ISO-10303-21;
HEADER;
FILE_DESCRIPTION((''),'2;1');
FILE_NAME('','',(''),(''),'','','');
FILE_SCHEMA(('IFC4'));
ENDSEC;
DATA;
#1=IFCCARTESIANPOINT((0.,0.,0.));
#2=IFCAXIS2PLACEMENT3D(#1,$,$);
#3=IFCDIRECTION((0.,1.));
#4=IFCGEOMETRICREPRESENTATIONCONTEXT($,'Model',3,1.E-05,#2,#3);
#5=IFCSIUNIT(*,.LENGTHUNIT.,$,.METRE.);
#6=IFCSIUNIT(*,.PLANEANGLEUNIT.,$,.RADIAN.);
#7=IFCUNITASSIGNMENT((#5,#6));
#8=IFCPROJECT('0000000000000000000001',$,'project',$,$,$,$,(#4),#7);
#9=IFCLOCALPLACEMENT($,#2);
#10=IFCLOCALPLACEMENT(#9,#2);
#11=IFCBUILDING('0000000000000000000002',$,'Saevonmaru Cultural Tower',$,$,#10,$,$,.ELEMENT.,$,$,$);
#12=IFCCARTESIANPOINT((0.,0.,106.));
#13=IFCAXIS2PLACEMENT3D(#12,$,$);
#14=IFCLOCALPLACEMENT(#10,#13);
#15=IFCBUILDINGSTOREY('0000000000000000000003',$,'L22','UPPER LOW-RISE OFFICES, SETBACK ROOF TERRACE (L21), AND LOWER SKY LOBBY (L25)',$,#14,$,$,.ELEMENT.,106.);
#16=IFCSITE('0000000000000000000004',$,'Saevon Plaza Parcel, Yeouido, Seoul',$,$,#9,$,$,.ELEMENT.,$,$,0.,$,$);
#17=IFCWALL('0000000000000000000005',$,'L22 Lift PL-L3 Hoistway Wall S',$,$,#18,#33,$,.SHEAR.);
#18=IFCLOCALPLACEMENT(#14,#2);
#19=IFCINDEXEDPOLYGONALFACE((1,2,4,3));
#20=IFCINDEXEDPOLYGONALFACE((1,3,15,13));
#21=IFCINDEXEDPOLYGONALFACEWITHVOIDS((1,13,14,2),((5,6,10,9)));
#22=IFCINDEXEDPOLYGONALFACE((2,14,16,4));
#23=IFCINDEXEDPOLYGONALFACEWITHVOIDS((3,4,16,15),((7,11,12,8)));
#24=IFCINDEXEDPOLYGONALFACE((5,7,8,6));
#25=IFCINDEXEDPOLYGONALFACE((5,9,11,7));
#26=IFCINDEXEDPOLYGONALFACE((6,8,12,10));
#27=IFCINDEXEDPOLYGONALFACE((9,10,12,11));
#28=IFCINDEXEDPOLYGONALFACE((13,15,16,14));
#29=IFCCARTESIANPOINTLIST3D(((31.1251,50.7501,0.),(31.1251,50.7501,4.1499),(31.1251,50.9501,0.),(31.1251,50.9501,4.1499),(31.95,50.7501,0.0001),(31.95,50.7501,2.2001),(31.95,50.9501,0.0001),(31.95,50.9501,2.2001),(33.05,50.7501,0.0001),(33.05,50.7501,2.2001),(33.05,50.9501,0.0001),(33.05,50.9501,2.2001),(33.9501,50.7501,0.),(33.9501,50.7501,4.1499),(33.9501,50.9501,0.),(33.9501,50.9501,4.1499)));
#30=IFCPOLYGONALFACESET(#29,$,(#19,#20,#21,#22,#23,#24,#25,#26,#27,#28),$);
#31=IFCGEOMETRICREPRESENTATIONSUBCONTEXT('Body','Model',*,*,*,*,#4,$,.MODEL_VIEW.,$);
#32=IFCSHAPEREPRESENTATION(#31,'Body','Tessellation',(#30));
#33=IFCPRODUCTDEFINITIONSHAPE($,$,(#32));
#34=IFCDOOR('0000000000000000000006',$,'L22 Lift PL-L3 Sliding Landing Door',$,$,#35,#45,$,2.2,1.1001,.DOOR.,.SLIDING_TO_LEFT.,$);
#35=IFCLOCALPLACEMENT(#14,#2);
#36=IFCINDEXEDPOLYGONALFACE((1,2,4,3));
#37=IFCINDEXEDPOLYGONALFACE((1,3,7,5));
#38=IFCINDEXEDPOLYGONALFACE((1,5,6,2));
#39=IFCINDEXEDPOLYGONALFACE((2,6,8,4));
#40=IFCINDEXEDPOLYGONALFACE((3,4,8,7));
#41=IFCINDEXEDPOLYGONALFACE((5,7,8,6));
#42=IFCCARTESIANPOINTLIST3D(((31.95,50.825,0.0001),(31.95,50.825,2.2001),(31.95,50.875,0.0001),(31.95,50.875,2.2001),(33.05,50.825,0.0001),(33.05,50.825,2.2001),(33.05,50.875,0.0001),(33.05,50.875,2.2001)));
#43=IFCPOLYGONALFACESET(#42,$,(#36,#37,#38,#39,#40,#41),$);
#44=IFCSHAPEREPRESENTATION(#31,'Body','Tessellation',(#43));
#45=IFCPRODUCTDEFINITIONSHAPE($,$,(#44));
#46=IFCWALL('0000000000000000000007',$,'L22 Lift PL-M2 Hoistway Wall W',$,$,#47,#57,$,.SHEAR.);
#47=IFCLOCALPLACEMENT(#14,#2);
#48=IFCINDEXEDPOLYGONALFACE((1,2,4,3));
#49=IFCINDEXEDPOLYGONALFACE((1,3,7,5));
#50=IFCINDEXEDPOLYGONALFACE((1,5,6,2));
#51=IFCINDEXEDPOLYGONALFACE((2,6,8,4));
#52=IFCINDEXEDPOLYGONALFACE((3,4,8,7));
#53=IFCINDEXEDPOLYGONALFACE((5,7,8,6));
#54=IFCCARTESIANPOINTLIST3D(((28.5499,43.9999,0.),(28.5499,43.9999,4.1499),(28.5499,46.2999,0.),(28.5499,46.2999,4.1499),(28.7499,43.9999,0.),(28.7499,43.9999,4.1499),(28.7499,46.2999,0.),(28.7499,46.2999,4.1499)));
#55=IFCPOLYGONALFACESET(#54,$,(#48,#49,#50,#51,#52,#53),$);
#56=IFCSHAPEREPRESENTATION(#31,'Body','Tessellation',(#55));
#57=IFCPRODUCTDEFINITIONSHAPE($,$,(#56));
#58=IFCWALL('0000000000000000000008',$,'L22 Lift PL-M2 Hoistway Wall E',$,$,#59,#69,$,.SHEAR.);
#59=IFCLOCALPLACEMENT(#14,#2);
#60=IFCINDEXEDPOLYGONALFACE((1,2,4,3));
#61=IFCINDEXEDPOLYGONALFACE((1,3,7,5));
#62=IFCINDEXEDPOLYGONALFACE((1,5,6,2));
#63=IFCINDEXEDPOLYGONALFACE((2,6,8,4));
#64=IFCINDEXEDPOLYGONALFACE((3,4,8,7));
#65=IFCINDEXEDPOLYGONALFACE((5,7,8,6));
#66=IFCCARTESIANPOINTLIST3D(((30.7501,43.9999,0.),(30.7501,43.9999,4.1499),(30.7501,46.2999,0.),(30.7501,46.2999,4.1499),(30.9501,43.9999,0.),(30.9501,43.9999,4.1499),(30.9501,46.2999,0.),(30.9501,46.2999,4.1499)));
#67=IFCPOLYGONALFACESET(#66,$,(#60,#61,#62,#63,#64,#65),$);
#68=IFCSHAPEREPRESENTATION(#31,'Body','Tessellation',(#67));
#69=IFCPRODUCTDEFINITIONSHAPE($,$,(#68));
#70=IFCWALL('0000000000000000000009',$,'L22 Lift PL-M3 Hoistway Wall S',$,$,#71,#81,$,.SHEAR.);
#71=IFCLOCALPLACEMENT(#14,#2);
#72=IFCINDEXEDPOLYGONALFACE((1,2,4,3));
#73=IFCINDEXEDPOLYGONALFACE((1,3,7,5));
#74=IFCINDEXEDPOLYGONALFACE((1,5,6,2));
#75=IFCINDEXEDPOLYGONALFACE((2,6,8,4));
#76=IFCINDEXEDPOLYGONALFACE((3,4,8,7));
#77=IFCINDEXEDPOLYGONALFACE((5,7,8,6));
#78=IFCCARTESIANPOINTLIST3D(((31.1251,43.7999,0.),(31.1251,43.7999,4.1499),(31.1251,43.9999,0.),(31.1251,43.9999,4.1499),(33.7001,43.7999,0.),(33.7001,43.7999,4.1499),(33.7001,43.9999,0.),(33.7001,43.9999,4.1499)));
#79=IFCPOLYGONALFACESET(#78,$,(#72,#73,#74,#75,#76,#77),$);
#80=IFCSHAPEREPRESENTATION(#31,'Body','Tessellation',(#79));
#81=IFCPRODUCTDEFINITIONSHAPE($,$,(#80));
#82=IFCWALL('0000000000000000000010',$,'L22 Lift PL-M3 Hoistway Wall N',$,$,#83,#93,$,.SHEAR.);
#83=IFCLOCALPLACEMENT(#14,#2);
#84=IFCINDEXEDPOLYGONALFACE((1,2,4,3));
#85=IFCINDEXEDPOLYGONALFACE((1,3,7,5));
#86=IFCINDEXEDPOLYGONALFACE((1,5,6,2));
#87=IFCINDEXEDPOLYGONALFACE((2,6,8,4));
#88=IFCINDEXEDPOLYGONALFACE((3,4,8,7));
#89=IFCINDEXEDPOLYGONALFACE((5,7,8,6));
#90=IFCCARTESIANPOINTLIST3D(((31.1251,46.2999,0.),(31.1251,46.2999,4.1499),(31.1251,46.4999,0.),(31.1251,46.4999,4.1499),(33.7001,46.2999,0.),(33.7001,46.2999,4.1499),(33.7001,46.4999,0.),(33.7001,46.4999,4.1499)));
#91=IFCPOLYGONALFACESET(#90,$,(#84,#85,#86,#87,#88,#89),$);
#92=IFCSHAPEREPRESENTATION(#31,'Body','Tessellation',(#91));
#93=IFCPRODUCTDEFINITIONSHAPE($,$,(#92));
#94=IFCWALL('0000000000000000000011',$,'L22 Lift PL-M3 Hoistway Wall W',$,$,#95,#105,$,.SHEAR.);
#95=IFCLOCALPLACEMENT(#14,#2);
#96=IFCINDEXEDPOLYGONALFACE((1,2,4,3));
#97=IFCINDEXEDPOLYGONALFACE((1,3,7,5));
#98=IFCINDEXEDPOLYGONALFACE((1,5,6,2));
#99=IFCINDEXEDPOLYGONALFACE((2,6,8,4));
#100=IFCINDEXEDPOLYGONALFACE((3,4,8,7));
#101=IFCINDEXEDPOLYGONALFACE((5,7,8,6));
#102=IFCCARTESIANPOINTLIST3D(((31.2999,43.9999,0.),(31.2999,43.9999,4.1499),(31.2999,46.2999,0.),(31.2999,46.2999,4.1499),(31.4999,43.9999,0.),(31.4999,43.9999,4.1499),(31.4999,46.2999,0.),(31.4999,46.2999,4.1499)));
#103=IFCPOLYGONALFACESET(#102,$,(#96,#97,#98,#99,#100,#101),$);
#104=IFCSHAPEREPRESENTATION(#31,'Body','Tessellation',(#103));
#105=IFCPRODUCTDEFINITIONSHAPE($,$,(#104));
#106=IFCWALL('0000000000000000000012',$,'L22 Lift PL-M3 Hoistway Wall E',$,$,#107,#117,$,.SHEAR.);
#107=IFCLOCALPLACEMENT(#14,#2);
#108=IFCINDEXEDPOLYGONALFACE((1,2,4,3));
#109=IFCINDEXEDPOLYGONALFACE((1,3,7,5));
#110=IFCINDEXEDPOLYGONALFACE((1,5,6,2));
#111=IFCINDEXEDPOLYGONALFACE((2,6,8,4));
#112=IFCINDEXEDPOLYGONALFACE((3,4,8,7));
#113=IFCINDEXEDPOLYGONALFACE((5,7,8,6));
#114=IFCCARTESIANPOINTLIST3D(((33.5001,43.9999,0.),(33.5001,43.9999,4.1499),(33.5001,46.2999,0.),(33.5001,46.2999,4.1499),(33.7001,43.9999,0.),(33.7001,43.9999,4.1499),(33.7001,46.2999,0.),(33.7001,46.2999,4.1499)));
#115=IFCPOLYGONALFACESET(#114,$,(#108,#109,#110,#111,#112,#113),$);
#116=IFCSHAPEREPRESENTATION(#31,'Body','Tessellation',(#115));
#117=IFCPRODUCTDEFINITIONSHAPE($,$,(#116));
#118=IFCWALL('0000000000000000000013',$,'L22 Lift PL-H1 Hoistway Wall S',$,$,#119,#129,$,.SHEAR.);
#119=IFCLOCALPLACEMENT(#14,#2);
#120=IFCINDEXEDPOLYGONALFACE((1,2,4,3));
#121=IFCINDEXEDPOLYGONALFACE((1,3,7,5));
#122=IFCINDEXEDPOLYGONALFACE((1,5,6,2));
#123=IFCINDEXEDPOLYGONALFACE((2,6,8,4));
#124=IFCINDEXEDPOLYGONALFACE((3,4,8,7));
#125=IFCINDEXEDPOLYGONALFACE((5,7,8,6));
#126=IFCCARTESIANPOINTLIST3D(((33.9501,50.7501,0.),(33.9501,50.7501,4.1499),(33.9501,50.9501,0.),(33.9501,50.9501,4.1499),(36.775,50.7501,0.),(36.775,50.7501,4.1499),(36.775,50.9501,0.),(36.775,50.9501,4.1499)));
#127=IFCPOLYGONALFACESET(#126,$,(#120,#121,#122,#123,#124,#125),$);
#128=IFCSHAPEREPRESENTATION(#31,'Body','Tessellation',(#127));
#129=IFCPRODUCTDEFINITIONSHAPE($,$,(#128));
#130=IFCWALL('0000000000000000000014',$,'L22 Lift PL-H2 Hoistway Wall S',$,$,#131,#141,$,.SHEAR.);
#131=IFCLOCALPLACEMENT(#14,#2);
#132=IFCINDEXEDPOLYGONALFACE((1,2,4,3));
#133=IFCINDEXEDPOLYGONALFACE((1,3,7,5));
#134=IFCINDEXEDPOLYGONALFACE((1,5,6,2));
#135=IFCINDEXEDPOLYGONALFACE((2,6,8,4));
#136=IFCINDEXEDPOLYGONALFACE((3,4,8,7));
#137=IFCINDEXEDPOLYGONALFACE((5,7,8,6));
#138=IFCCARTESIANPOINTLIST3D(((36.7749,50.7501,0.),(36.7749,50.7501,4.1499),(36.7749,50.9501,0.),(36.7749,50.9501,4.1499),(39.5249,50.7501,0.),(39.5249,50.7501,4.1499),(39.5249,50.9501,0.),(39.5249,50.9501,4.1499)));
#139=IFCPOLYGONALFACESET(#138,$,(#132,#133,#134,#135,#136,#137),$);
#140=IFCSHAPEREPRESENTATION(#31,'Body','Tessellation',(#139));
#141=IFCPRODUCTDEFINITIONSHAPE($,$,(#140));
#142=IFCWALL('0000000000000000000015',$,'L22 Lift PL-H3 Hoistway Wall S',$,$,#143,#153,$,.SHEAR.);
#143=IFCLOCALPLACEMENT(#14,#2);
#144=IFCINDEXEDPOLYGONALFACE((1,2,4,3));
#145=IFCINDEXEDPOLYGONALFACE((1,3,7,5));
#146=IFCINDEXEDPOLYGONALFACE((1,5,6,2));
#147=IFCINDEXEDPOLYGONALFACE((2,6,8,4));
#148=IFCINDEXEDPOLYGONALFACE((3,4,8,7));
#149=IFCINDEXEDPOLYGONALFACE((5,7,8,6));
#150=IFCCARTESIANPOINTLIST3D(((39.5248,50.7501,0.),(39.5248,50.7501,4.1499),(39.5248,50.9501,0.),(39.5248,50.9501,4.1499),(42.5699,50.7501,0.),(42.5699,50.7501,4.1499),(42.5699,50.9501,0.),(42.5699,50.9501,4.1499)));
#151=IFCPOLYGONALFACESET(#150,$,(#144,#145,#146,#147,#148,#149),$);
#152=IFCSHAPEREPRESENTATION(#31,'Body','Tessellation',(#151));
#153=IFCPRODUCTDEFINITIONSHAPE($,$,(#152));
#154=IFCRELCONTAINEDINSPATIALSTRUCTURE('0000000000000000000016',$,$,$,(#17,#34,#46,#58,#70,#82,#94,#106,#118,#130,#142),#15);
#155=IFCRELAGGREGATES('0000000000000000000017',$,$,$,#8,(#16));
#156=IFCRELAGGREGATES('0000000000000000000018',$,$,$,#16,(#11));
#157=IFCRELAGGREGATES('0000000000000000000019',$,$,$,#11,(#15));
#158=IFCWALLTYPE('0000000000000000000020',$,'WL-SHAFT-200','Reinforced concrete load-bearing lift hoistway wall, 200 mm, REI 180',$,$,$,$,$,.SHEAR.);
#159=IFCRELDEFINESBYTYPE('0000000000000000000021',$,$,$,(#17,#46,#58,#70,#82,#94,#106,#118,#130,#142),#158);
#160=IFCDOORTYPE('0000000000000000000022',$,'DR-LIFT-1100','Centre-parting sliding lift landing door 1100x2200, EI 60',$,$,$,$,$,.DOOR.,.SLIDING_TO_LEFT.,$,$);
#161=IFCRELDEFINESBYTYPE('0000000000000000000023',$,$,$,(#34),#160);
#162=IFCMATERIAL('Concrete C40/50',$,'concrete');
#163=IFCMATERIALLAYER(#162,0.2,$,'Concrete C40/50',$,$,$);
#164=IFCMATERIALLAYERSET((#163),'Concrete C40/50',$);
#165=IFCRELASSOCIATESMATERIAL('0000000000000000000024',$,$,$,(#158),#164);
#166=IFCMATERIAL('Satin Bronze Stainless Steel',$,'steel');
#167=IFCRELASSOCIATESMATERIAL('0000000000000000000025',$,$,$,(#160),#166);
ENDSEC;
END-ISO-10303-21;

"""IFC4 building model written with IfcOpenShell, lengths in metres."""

from ifc_helpers import new_model, si_unit, direction, frame, frame_2d, origin, place, context, subcontext, project, spatial, rectangle, extrude, material, layer, layer_set, type_object, element, fill, save


model = new_model("IFC4")

# Units and contexts
model_context = context("Model", 3, precision=1e-05, world=origin(), true_north=direction((0.0, 1.0)))
body_context = subcontext(model_context, "Body", "Model", "MODEL_VIEW")
ifc_project = project(units=[si_unit("LENGTHUNIT", "METRE"), si_unit("PLANEANGLEUNIT", "RADIAN")], contexts=[model_context])

# Site, building, storey
site_placement = place(None, origin())
site = spatial("IfcSite", under=ifc_project, at=site_placement, Name="Saevon Plaza Parcel, Yeouido, Seoul", CompositionType="ELEMENT", RefElevation=0.0)
building_placement = place(site_placement, origin())
building = spatial("IfcBuilding", under=site, at=building_placement, Name="Saevonmaru Cultural Tower", CompositionType="ELEMENT")
storey_placement = place(building_placement, frame((0.0, 0.0, 106.0)))
storey = spatial("IfcBuildingStorey", under=building, at=storey_placement, Name="L22", Description="UPPER LOW-RISE OFFICES, SETBACK ROOF TERRACE (L21), AND LOWER SKY LOBBY (L25)", CompositionType="ELEMENT", Elevation=106.0)

# Shared definitions
ifc_material_1 = material(Name="Concrete C40/50", Category="concrete")
ifc_layer_1 = layer(ifc_material_1, 0.2, Name="Concrete C40/50")
ifc_layer_set_1 = layer_set([ifc_layer_1], Name="Concrete C40/50")
wall_type_1 = type_object("IfcWallType", Name="WL-SHAFT-200", Description="Reinforced concrete load-bearing lift hoistway wall, 200 mm, REI 180", PredefinedType="SHEAR", material=ifc_layer_set_1)
ifc_material_2 = material(Name="Satin Bronze Stainless Steel", Category="steel")
door_type_1 = type_object("IfcDoorType", Name="DR-LIFT-1100", Description="Centre-parting sliding lift landing door 1100x2200, EI 60", OperationType="SLIDING_TO_LEFT", PredefinedType="DOOR", material=ifc_material_2)

# Wall, opening, door
wall_1_placement = place(storey_placement, frame((31.125, 50.8501, 0.0), z_axis=(0.0, 0.0, 1.0), x_axis=(1.0, 0.0, 0.0)))
wall_1 = element("IfcWall", 1, at=wall_1_placement, inside=storey, type_object=wall_type_1, Name="L22 Lift PL-L3 Hoistway Wall S", PredefinedType="SHEAR", context=body_context, shape_type="SweptSolid", body=[
    extrude(rectangle(XDim=2.825, YDim=0.2, at=frame_2d((1.4126, 0.0))), origin(), (0.0, 0.0, 1.0), 4.1499),
])
opening_1_placement = place(wall_1_placement, frame((0.825, 0.0, 0.0)))
opening_1 = element("IfcOpeningElement", 2, at=opening_1_placement, cuts=wall_1, PredefinedType="OPENING", context=body_context, shape_type="SweptSolid", body=[
    extrude(rectangle(XDim=1.1001, YDim=2.2, at=frame_2d((0.55, 1.1001))), frame((0.0, 0.1099, 0.0), z_axis=(0.0, -1.0, 0.0), x_axis=(1.0, 0.0, 0.0)), (0.0, 0.0, 1.0), 0.22),
])
door_1_placement = place(opening_1_placement, origin())
door_1 = element("IfcDoor", 3, at=door_1_placement, inside=storey, type_object=door_type_1, Name="L22 Lift PL-L3 Sliding Landing Door", OperationType="SLIDING_TO_LEFT", OverallHeight=2.2, OverallWidth=1.1001, PredefinedType="DOOR", context=body_context, shape_type="SweptSolid", body=[
    extrude(rectangle(XDim=1.1001, YDim=2.2, at=frame_2d((0.55, 1.1001))), frame((0.0, 0.0249, 0.0), z_axis=(0.0, -1.0, 0.0), x_axis=(1.0, 0.0, 0.0)), (0.0, 0.0, 1.0), 0.05),
])
fill(opening_1, door_1)

# Walls
for number, where, z_axis, x_axis, name in (
    (4, (28.6499, 44.0, 0.0), (0.0, 0.0, 1.0), (0.0, 1.0, 0.0), "L22 Lift PL-M2 Hoistway Wall W"),
    (5, (30.8501, 44.0, 0.0), (0.0, 0.0, 1.0), (0.0, 1.0, 0.0), "L22 Lift PL-M2 Hoistway Wall E"),
):
    element("IfcWall", number, at=place(storey_placement, frame(where, z_axis=z_axis, x_axis=x_axis)), inside=storey, type_object=wall_type_1, Name=name, PredefinedType="SHEAR", context=body_context, shape_type="SweptSolid", body=[
        extrude(rectangle(XDim=2.3, YDim=0.2, at=frame_2d((1.1499, 0.0))), origin(), (0.0, 0.0, 1.0), 4.1499),
    ])
for number, where, z_axis, x_axis, name in (
    (6, (31.125, 43.8999, 0.0), (0.0, 0.0, 1.0), (1.0, 0.0, 0.0), "L22 Lift PL-M3 Hoistway Wall S"),
    (7, (31.125, 46.3999, 0.0), (0.0, 0.0, 1.0), (1.0, 0.0, 0.0), "L22 Lift PL-M3 Hoistway Wall N"),
):
    element("IfcWall", number, at=place(storey_placement, frame(where, z_axis=z_axis, x_axis=x_axis)), inside=storey, type_object=wall_type_1, Name=name, PredefinedType="SHEAR", context=body_context, shape_type="SweptSolid", body=[
        extrude(rectangle(XDim=2.575, YDim=0.2, at=frame_2d((1.2876, 0.0))), origin(), (0.0, 0.0, 1.0), 4.1499),
    ])
for number, where, z_axis, x_axis, name in (
    (8, (31.3999, 44.0, 0.0), (0.0, 0.0, 1.0), (0.0, 1.0, 0.0), "L22 Lift PL-M3 Hoistway Wall W"),
    (9, (33.6001, 44.0, 0.0), (0.0, 0.0, 1.0), (0.0, 1.0, 0.0), "L22 Lift PL-M3 Hoistway Wall E"),
):
    element("IfcWall", number, at=place(storey_placement, frame(where, z_axis=z_axis, x_axis=x_axis)), inside=storey, type_object=wall_type_1, Name=name, PredefinedType="SHEAR", context=body_context, shape_type="SweptSolid", body=[
        extrude(rectangle(XDim=2.3, YDim=0.2, at=frame_2d((1.1499, 0.0))), origin(), (0.0, 0.0, 1.0), 4.1499),
    ])
wall_2_placement = place(storey_placement, frame((33.95, 50.8501, 0.0), z_axis=(0.0, 0.0, 1.0), x_axis=(1.0, 0.0, 0.0)))
element("IfcWall", 10, at=wall_2_placement, inside=storey, type_object=wall_type_1, Name="L22 Lift PL-H1 Hoistway Wall S", PredefinedType="SHEAR", context=body_context, shape_type="SweptSolid", body=[
    extrude(rectangle(XDim=2.825, YDim=0.2, at=frame_2d((1.4126, 0.0))), origin(), (0.0, 0.0, 1.0), 4.1499),
])
wall_3_placement = place(storey_placement, frame((36.7749, 50.8501, 0.0), z_axis=(0.0, 0.0, 1.0), x_axis=(1.0, 0.0, 0.0)))
element("IfcWall", 11, at=wall_3_placement, inside=storey, type_object=wall_type_1, Name="L22 Lift PL-H2 Hoistway Wall S", PredefinedType="SHEAR", context=body_context, shape_type="SweptSolid", body=[
    extrude(rectangle(XDim=2.75, YDim=0.2, at=frame_2d((1.375, 0.0))), origin(), (0.0, 0.0, 1.0), 4.1499),
])
wall_4_placement = place(storey_placement, frame((39.5249, 50.8501, 0.0), z_axis=(0.0, 0.0, 1.0), x_axis=(1.0, 0.0, 0.0)))
element("IfcWall", 12, at=wall_4_placement, inside=storey, type_object=wall_type_1, Name="L22 Lift PL-H3 Hoistway Wall S", PredefinedType="SHEAR", context=body_context, shape_type="SweptSolid", body=[
    extrude(rectangle(XDim=3.0452, YDim=0.2, at=frame_2d((1.5225, 0.0))), origin(), (0.0, 0.0, 1.0), 4.1499),
])

save(model, "model.ifc")
